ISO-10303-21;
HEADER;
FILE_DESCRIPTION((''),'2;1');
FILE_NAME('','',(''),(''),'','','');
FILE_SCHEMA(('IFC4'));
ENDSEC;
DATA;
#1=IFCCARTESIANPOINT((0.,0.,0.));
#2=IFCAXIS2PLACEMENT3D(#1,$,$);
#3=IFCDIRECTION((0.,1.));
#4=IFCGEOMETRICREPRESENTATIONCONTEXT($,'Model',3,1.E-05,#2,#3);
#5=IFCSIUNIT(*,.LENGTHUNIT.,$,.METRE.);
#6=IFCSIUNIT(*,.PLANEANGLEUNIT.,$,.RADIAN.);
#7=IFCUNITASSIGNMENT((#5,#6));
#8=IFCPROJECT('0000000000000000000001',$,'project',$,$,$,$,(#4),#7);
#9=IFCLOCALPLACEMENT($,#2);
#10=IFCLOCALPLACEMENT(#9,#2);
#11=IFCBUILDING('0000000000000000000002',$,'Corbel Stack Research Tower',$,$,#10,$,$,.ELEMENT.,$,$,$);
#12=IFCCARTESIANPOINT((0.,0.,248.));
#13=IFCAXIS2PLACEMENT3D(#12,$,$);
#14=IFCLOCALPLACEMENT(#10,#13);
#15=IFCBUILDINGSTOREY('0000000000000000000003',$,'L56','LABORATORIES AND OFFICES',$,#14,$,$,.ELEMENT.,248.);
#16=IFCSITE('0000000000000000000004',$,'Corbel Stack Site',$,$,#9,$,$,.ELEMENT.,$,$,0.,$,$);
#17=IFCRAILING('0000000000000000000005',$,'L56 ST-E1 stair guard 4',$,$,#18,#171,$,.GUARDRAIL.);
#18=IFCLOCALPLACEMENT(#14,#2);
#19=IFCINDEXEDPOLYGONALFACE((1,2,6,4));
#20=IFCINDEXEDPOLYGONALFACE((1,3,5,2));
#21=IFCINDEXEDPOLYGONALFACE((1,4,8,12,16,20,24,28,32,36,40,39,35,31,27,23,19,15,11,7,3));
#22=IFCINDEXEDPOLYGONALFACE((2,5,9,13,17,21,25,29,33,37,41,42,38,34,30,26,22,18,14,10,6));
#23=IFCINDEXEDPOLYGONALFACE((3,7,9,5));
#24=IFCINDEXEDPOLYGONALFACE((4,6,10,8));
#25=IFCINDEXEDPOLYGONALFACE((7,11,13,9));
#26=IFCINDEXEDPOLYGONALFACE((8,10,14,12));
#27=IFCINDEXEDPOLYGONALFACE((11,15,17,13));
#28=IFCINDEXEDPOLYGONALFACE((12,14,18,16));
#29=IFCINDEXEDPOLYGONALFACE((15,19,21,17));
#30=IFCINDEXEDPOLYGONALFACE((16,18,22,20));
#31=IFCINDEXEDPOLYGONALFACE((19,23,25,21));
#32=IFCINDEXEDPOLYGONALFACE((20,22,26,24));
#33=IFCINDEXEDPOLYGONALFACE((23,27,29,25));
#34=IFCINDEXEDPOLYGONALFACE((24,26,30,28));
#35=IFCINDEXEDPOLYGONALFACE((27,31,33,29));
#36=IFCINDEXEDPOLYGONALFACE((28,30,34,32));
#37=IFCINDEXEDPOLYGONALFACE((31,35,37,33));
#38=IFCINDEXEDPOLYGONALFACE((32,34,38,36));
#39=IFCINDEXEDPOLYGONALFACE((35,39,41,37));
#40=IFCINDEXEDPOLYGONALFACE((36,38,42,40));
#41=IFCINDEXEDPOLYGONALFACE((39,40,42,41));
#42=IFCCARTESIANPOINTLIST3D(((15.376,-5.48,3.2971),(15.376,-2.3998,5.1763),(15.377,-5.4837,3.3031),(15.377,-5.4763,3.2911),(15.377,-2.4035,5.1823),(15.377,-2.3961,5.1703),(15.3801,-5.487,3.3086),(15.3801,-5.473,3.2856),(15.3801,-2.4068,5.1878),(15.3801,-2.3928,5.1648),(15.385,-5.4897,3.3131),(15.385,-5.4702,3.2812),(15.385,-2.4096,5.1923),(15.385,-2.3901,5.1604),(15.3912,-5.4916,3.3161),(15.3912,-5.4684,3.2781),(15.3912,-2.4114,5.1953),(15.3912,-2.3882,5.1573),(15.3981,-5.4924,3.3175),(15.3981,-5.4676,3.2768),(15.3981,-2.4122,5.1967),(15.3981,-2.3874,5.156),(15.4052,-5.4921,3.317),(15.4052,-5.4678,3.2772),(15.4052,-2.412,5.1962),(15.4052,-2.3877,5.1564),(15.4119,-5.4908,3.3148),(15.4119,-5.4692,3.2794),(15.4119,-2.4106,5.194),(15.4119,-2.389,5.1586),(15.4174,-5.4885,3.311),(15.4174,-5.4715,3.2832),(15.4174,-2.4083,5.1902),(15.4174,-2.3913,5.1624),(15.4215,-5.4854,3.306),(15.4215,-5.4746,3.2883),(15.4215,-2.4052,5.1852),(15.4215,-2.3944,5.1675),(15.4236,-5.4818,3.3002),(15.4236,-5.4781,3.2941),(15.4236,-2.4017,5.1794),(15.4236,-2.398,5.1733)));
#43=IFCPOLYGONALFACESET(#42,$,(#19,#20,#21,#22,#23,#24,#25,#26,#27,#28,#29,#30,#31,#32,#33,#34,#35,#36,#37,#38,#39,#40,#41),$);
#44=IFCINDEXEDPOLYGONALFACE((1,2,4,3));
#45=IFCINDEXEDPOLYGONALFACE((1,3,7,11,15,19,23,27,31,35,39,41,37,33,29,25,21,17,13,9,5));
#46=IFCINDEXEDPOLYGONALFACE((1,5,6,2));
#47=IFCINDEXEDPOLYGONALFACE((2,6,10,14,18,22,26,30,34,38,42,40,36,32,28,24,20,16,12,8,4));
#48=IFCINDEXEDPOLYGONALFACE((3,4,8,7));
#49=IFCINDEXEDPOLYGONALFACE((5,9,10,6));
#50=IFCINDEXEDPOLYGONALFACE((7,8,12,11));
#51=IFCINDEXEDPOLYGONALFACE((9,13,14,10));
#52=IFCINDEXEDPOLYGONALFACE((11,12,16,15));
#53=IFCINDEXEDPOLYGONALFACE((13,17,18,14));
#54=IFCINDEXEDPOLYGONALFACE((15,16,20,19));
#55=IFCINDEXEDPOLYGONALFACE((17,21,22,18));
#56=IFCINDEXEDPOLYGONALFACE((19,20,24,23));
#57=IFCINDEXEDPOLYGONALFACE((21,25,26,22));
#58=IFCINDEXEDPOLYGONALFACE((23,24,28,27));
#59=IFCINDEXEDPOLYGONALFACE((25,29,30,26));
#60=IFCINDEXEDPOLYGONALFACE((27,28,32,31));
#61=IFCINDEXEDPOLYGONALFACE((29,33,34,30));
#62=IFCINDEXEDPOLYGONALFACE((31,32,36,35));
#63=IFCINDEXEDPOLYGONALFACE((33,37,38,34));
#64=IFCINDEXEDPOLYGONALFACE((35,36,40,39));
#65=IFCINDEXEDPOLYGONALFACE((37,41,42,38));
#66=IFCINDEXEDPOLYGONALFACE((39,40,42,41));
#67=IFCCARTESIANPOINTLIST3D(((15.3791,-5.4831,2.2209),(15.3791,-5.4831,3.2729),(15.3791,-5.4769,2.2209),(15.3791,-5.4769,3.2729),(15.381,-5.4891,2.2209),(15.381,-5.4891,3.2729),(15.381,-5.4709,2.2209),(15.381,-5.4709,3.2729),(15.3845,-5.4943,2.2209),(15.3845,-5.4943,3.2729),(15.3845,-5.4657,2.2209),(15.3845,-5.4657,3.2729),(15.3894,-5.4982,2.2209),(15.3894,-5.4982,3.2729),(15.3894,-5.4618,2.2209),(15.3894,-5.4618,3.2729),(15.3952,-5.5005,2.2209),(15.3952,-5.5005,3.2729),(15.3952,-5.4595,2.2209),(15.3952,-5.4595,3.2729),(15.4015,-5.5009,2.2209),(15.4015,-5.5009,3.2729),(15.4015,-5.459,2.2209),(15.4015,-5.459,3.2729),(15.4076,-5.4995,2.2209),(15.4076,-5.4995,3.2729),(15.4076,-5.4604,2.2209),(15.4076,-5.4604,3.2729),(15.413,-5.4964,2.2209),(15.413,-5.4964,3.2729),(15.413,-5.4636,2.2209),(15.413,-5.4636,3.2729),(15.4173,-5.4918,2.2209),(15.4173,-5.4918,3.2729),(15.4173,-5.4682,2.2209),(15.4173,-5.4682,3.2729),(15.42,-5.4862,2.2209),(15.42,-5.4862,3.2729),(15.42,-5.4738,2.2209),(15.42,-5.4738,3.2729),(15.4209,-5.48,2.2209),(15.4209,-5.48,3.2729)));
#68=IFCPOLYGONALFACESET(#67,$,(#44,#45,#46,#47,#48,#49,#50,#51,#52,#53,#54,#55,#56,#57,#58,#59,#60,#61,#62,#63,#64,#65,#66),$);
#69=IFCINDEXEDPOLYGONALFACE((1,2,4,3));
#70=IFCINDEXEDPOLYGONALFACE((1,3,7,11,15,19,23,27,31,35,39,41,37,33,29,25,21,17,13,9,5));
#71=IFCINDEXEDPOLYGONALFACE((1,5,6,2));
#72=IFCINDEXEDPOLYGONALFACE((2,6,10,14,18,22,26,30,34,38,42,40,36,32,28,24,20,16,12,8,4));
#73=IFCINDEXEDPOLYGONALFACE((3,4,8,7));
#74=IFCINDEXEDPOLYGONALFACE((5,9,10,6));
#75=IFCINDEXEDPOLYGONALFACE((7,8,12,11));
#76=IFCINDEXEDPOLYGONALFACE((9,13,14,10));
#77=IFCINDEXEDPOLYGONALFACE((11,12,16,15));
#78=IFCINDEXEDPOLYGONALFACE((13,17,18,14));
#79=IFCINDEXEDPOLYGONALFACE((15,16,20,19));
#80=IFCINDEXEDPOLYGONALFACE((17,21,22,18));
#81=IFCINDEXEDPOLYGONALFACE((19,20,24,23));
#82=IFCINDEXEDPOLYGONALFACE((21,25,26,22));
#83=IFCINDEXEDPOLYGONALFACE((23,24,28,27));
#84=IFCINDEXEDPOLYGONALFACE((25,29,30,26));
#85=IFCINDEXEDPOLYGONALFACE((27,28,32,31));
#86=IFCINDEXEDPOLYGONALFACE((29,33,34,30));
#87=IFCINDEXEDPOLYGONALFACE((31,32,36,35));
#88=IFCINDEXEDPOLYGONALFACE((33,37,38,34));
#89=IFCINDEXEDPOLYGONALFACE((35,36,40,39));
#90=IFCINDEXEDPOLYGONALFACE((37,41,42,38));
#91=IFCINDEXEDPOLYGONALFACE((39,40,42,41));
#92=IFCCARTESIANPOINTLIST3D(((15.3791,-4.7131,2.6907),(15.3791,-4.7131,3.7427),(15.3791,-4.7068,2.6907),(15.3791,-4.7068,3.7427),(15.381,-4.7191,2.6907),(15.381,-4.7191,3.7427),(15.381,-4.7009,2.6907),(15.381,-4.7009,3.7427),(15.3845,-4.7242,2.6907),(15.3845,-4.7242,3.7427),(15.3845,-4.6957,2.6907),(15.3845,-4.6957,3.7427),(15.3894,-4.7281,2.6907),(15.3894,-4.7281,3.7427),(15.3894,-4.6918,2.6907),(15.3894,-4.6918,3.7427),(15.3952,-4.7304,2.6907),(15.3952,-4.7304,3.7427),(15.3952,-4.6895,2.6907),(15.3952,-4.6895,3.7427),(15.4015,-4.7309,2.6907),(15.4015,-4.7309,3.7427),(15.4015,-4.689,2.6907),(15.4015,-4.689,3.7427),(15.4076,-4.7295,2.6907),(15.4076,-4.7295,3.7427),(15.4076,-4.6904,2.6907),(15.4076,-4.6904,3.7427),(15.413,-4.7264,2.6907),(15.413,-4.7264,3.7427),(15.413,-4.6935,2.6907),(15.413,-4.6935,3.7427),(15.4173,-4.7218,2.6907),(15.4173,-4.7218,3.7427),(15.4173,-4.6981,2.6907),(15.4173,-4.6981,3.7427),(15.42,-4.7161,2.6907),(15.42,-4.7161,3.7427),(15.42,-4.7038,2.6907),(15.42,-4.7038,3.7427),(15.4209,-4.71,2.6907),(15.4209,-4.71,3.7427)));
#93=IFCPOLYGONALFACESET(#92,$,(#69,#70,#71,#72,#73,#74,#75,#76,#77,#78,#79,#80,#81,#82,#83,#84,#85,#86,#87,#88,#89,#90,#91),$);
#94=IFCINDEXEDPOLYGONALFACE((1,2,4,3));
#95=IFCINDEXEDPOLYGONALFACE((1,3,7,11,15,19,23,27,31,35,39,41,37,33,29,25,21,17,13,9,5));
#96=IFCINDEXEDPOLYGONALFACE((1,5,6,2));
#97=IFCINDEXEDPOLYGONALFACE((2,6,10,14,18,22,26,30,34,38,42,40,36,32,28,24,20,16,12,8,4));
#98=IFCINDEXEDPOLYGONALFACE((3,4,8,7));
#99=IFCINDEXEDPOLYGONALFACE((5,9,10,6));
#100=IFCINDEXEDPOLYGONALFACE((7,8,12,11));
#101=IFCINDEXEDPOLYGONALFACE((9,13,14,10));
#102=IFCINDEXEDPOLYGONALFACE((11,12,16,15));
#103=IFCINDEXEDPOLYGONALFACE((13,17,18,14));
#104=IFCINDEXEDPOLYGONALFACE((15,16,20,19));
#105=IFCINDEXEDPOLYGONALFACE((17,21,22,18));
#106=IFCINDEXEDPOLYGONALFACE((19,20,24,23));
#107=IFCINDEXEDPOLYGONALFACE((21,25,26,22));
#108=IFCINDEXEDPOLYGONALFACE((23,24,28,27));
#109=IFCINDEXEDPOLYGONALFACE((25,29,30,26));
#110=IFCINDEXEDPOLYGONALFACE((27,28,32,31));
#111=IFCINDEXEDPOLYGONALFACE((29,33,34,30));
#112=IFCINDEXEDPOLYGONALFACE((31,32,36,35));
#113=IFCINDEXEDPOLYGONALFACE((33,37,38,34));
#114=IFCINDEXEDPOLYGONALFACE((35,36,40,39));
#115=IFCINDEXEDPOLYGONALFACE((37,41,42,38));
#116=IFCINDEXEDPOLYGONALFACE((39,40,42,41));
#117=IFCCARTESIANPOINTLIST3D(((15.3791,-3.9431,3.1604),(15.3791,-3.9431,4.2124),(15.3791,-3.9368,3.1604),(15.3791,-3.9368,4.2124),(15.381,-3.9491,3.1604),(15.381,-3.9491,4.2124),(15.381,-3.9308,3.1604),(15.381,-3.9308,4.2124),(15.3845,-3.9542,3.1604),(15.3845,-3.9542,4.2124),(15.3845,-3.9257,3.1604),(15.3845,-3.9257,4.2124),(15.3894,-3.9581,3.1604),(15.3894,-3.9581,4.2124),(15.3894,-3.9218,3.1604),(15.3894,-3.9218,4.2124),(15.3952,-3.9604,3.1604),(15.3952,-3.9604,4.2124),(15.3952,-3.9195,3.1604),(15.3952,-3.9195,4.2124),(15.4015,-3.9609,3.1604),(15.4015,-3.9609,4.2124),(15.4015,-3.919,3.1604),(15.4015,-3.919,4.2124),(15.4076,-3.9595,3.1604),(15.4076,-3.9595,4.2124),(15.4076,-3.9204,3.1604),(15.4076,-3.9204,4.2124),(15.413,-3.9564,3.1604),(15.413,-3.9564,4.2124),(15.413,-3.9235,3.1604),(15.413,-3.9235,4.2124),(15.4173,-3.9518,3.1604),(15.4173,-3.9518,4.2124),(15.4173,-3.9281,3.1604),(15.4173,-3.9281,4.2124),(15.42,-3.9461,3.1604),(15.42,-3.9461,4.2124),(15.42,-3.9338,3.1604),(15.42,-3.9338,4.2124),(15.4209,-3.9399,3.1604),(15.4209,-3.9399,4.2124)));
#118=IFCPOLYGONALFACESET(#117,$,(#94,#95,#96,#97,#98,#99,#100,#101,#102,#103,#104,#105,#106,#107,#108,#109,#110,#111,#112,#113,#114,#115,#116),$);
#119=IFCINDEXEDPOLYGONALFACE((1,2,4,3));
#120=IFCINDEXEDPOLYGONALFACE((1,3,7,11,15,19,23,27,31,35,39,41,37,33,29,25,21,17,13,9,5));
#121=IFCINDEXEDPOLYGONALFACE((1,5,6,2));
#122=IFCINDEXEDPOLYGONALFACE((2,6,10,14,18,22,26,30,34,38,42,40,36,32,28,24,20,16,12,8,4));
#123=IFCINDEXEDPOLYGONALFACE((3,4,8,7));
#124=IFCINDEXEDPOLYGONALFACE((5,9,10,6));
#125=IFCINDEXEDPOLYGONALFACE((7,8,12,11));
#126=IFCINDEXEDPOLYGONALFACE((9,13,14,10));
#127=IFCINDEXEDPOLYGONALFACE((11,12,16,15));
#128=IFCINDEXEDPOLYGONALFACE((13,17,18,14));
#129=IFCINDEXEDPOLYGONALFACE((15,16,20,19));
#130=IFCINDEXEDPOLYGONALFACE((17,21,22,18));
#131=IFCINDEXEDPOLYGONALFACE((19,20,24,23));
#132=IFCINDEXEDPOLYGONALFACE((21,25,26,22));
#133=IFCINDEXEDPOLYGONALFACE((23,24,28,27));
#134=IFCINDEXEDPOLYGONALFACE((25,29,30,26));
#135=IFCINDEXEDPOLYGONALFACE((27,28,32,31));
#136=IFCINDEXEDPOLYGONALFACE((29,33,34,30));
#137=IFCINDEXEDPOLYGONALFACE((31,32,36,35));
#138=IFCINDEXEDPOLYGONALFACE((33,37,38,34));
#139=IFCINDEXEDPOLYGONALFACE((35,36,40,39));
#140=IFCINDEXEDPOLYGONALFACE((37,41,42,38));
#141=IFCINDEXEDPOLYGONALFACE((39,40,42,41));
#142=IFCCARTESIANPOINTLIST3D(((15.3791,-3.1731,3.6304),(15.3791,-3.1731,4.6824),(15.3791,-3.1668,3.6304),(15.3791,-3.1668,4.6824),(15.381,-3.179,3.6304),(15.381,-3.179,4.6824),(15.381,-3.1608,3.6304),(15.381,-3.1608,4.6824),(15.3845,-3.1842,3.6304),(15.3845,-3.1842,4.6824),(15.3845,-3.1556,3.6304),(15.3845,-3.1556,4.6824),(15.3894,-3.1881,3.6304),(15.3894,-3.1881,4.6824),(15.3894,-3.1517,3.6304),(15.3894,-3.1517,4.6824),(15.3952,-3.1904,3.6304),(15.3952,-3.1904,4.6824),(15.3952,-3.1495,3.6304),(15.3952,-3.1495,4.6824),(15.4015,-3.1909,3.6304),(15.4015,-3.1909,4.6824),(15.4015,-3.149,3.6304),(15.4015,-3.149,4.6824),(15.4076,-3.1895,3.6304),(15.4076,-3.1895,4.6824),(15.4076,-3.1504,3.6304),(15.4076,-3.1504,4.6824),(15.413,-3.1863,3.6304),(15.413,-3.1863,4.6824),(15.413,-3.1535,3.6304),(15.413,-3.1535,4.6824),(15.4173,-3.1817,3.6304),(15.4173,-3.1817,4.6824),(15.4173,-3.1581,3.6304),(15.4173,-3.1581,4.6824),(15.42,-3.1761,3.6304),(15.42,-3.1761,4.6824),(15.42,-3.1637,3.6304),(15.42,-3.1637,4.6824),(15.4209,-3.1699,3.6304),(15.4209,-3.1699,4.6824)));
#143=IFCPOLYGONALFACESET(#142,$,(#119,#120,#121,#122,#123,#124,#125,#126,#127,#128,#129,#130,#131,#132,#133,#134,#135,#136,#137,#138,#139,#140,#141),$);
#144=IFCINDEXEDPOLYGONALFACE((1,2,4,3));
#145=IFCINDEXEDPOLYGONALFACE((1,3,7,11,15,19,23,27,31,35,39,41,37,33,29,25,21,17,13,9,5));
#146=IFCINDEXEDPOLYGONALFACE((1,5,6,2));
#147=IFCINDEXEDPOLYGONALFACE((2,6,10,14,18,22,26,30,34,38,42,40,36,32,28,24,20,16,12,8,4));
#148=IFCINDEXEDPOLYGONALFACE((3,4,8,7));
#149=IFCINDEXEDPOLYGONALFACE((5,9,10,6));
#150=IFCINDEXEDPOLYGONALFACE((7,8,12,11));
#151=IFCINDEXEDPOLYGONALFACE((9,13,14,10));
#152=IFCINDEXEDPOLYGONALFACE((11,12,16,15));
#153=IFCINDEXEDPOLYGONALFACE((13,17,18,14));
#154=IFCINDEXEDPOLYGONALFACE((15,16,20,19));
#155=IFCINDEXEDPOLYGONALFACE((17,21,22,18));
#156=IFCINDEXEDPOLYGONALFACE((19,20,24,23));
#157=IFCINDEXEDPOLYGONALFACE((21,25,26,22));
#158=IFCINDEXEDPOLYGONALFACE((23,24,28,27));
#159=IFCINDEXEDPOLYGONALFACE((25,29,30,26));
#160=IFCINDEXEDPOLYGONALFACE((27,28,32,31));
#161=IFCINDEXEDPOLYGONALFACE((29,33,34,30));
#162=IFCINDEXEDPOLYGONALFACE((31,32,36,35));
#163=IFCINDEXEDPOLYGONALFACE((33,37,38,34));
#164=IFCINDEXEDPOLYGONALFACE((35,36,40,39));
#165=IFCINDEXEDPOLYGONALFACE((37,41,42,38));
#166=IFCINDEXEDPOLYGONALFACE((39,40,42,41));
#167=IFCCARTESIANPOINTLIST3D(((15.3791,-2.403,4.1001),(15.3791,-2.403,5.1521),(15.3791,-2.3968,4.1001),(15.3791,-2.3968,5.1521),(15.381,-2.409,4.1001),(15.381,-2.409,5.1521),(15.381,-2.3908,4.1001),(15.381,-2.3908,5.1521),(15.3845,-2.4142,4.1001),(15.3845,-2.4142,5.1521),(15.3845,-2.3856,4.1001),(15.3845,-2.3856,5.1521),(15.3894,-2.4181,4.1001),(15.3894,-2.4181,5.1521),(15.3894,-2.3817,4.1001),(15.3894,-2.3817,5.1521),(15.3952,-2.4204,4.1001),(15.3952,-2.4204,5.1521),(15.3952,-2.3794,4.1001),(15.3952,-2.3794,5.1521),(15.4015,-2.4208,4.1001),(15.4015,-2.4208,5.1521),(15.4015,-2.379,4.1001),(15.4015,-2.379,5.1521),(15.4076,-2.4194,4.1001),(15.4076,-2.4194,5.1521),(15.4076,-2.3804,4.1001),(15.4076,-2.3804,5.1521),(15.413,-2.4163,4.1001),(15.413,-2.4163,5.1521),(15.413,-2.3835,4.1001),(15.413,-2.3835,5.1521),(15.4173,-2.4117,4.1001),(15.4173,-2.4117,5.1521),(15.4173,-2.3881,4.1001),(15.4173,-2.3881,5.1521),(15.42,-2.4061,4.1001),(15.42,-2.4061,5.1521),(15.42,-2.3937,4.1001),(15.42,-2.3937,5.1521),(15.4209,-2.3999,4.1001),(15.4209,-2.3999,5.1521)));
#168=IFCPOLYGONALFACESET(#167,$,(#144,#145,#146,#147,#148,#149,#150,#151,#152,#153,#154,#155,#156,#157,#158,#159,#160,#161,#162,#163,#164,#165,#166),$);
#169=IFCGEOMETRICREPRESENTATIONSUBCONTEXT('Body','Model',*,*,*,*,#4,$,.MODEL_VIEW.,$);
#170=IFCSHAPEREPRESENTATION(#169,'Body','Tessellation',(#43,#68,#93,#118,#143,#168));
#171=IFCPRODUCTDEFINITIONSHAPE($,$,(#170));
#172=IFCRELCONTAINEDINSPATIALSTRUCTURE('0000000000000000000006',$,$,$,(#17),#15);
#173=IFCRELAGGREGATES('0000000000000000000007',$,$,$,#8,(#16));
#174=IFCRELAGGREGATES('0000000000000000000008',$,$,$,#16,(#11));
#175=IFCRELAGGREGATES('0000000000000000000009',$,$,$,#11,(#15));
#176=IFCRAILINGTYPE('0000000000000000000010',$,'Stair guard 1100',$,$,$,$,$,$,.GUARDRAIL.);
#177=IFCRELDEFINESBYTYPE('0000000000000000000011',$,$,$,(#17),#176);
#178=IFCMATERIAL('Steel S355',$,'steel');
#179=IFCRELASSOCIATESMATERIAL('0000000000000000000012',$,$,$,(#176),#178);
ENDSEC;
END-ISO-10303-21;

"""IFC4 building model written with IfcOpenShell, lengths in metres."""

from ifc_helpers import new_model, si_unit, direction, frame, origin, origin_2d, place, context, subcontext, project, spatial, circle, extrude, material, type_object, element, save


model = new_model("IFC4")

# Units and contexts
model_context = context("Model", 3, precision=1e-05, world=origin(), true_north=direction((0.0, 1.0)))
body_context = subcontext(model_context, "Body", "Model", "MODEL_VIEW")
ifc_project = project(units=[si_unit("LENGTHUNIT", "METRE"), si_unit("PLANEANGLEUNIT", "RADIAN")], contexts=[model_context])

# Site, building, storey
site_placement = place(None, origin())
site = spatial("IfcSite", under=ifc_project, at=site_placement, Name="Corbel Stack Site", CompositionType="ELEMENT", RefElevation=0.0)
building_placement = place(site_placement, origin())
building = spatial("IfcBuilding", under=site, at=building_placement, Name="Corbel Stack Research Tower", CompositionType="ELEMENT")
storey_placement = place(building_placement, frame((0.0, 0.0, 248.0)))
storey = spatial("IfcBuildingStorey", under=building, at=storey_placement, Name="L56", Description="LABORATORIES AND OFFICES", CompositionType="ELEMENT", Elevation=248.0)

# Railing
ifc_material_1 = material(Name="Steel S355", Category="steel")
railing_type_1 = type_object("IfcRailingType", Name="Stair guard 1100", PredefinedType="GUARDRAIL", material=ifc_material_1)
railing_1_placement = place(storey_placement, frame((15.3999, -5.48, 2.2209)))
element("IfcRailing", 1, at=railing_1_placement, inside=storey, type_object=railing_type_1, Name="L56 ST-E1 stair guard 4", PredefinedType="GUARDRAIL", context=body_context, shape_type="SweptSolid", body=[
    extrude(circle(Radius=0.0239, at=origin_2d()), frame((0.0, 0.0, 1.0762), z_axis=(0.0, 0.853666, 0.52082), x_axis=(-1.0, 0.0, 0.0)), (0.0, 0.0, 1.0), 3.6082),
    extrude(circle(Radius=0.021, at=origin_2d()), origin(), (0.0, 0.0, 1.0), 1.052),
    extrude(circle(Radius=0.021, at=origin_2d()), frame((0.0, 0.77, 0.4697)), (0.0, 0.0, 1.0), 1.052),
    extrude(circle(Radius=0.021, at=origin_2d()), frame((0.0, 1.54, 0.9395)), (0.0, 0.0, 1.0), 1.052),
    extrude(circle(Radius=0.021, at=origin_2d()), frame((0.0, 2.3101, 1.4094)), (0.0, 0.0, 1.0), 1.052),
    extrude(circle(Radius=0.021, at=origin_2d()), frame((0.0, 3.0801, 1.8792)), (0.0, 0.0, 1.0), 1.052),
])

save(model, "model.ifc")
